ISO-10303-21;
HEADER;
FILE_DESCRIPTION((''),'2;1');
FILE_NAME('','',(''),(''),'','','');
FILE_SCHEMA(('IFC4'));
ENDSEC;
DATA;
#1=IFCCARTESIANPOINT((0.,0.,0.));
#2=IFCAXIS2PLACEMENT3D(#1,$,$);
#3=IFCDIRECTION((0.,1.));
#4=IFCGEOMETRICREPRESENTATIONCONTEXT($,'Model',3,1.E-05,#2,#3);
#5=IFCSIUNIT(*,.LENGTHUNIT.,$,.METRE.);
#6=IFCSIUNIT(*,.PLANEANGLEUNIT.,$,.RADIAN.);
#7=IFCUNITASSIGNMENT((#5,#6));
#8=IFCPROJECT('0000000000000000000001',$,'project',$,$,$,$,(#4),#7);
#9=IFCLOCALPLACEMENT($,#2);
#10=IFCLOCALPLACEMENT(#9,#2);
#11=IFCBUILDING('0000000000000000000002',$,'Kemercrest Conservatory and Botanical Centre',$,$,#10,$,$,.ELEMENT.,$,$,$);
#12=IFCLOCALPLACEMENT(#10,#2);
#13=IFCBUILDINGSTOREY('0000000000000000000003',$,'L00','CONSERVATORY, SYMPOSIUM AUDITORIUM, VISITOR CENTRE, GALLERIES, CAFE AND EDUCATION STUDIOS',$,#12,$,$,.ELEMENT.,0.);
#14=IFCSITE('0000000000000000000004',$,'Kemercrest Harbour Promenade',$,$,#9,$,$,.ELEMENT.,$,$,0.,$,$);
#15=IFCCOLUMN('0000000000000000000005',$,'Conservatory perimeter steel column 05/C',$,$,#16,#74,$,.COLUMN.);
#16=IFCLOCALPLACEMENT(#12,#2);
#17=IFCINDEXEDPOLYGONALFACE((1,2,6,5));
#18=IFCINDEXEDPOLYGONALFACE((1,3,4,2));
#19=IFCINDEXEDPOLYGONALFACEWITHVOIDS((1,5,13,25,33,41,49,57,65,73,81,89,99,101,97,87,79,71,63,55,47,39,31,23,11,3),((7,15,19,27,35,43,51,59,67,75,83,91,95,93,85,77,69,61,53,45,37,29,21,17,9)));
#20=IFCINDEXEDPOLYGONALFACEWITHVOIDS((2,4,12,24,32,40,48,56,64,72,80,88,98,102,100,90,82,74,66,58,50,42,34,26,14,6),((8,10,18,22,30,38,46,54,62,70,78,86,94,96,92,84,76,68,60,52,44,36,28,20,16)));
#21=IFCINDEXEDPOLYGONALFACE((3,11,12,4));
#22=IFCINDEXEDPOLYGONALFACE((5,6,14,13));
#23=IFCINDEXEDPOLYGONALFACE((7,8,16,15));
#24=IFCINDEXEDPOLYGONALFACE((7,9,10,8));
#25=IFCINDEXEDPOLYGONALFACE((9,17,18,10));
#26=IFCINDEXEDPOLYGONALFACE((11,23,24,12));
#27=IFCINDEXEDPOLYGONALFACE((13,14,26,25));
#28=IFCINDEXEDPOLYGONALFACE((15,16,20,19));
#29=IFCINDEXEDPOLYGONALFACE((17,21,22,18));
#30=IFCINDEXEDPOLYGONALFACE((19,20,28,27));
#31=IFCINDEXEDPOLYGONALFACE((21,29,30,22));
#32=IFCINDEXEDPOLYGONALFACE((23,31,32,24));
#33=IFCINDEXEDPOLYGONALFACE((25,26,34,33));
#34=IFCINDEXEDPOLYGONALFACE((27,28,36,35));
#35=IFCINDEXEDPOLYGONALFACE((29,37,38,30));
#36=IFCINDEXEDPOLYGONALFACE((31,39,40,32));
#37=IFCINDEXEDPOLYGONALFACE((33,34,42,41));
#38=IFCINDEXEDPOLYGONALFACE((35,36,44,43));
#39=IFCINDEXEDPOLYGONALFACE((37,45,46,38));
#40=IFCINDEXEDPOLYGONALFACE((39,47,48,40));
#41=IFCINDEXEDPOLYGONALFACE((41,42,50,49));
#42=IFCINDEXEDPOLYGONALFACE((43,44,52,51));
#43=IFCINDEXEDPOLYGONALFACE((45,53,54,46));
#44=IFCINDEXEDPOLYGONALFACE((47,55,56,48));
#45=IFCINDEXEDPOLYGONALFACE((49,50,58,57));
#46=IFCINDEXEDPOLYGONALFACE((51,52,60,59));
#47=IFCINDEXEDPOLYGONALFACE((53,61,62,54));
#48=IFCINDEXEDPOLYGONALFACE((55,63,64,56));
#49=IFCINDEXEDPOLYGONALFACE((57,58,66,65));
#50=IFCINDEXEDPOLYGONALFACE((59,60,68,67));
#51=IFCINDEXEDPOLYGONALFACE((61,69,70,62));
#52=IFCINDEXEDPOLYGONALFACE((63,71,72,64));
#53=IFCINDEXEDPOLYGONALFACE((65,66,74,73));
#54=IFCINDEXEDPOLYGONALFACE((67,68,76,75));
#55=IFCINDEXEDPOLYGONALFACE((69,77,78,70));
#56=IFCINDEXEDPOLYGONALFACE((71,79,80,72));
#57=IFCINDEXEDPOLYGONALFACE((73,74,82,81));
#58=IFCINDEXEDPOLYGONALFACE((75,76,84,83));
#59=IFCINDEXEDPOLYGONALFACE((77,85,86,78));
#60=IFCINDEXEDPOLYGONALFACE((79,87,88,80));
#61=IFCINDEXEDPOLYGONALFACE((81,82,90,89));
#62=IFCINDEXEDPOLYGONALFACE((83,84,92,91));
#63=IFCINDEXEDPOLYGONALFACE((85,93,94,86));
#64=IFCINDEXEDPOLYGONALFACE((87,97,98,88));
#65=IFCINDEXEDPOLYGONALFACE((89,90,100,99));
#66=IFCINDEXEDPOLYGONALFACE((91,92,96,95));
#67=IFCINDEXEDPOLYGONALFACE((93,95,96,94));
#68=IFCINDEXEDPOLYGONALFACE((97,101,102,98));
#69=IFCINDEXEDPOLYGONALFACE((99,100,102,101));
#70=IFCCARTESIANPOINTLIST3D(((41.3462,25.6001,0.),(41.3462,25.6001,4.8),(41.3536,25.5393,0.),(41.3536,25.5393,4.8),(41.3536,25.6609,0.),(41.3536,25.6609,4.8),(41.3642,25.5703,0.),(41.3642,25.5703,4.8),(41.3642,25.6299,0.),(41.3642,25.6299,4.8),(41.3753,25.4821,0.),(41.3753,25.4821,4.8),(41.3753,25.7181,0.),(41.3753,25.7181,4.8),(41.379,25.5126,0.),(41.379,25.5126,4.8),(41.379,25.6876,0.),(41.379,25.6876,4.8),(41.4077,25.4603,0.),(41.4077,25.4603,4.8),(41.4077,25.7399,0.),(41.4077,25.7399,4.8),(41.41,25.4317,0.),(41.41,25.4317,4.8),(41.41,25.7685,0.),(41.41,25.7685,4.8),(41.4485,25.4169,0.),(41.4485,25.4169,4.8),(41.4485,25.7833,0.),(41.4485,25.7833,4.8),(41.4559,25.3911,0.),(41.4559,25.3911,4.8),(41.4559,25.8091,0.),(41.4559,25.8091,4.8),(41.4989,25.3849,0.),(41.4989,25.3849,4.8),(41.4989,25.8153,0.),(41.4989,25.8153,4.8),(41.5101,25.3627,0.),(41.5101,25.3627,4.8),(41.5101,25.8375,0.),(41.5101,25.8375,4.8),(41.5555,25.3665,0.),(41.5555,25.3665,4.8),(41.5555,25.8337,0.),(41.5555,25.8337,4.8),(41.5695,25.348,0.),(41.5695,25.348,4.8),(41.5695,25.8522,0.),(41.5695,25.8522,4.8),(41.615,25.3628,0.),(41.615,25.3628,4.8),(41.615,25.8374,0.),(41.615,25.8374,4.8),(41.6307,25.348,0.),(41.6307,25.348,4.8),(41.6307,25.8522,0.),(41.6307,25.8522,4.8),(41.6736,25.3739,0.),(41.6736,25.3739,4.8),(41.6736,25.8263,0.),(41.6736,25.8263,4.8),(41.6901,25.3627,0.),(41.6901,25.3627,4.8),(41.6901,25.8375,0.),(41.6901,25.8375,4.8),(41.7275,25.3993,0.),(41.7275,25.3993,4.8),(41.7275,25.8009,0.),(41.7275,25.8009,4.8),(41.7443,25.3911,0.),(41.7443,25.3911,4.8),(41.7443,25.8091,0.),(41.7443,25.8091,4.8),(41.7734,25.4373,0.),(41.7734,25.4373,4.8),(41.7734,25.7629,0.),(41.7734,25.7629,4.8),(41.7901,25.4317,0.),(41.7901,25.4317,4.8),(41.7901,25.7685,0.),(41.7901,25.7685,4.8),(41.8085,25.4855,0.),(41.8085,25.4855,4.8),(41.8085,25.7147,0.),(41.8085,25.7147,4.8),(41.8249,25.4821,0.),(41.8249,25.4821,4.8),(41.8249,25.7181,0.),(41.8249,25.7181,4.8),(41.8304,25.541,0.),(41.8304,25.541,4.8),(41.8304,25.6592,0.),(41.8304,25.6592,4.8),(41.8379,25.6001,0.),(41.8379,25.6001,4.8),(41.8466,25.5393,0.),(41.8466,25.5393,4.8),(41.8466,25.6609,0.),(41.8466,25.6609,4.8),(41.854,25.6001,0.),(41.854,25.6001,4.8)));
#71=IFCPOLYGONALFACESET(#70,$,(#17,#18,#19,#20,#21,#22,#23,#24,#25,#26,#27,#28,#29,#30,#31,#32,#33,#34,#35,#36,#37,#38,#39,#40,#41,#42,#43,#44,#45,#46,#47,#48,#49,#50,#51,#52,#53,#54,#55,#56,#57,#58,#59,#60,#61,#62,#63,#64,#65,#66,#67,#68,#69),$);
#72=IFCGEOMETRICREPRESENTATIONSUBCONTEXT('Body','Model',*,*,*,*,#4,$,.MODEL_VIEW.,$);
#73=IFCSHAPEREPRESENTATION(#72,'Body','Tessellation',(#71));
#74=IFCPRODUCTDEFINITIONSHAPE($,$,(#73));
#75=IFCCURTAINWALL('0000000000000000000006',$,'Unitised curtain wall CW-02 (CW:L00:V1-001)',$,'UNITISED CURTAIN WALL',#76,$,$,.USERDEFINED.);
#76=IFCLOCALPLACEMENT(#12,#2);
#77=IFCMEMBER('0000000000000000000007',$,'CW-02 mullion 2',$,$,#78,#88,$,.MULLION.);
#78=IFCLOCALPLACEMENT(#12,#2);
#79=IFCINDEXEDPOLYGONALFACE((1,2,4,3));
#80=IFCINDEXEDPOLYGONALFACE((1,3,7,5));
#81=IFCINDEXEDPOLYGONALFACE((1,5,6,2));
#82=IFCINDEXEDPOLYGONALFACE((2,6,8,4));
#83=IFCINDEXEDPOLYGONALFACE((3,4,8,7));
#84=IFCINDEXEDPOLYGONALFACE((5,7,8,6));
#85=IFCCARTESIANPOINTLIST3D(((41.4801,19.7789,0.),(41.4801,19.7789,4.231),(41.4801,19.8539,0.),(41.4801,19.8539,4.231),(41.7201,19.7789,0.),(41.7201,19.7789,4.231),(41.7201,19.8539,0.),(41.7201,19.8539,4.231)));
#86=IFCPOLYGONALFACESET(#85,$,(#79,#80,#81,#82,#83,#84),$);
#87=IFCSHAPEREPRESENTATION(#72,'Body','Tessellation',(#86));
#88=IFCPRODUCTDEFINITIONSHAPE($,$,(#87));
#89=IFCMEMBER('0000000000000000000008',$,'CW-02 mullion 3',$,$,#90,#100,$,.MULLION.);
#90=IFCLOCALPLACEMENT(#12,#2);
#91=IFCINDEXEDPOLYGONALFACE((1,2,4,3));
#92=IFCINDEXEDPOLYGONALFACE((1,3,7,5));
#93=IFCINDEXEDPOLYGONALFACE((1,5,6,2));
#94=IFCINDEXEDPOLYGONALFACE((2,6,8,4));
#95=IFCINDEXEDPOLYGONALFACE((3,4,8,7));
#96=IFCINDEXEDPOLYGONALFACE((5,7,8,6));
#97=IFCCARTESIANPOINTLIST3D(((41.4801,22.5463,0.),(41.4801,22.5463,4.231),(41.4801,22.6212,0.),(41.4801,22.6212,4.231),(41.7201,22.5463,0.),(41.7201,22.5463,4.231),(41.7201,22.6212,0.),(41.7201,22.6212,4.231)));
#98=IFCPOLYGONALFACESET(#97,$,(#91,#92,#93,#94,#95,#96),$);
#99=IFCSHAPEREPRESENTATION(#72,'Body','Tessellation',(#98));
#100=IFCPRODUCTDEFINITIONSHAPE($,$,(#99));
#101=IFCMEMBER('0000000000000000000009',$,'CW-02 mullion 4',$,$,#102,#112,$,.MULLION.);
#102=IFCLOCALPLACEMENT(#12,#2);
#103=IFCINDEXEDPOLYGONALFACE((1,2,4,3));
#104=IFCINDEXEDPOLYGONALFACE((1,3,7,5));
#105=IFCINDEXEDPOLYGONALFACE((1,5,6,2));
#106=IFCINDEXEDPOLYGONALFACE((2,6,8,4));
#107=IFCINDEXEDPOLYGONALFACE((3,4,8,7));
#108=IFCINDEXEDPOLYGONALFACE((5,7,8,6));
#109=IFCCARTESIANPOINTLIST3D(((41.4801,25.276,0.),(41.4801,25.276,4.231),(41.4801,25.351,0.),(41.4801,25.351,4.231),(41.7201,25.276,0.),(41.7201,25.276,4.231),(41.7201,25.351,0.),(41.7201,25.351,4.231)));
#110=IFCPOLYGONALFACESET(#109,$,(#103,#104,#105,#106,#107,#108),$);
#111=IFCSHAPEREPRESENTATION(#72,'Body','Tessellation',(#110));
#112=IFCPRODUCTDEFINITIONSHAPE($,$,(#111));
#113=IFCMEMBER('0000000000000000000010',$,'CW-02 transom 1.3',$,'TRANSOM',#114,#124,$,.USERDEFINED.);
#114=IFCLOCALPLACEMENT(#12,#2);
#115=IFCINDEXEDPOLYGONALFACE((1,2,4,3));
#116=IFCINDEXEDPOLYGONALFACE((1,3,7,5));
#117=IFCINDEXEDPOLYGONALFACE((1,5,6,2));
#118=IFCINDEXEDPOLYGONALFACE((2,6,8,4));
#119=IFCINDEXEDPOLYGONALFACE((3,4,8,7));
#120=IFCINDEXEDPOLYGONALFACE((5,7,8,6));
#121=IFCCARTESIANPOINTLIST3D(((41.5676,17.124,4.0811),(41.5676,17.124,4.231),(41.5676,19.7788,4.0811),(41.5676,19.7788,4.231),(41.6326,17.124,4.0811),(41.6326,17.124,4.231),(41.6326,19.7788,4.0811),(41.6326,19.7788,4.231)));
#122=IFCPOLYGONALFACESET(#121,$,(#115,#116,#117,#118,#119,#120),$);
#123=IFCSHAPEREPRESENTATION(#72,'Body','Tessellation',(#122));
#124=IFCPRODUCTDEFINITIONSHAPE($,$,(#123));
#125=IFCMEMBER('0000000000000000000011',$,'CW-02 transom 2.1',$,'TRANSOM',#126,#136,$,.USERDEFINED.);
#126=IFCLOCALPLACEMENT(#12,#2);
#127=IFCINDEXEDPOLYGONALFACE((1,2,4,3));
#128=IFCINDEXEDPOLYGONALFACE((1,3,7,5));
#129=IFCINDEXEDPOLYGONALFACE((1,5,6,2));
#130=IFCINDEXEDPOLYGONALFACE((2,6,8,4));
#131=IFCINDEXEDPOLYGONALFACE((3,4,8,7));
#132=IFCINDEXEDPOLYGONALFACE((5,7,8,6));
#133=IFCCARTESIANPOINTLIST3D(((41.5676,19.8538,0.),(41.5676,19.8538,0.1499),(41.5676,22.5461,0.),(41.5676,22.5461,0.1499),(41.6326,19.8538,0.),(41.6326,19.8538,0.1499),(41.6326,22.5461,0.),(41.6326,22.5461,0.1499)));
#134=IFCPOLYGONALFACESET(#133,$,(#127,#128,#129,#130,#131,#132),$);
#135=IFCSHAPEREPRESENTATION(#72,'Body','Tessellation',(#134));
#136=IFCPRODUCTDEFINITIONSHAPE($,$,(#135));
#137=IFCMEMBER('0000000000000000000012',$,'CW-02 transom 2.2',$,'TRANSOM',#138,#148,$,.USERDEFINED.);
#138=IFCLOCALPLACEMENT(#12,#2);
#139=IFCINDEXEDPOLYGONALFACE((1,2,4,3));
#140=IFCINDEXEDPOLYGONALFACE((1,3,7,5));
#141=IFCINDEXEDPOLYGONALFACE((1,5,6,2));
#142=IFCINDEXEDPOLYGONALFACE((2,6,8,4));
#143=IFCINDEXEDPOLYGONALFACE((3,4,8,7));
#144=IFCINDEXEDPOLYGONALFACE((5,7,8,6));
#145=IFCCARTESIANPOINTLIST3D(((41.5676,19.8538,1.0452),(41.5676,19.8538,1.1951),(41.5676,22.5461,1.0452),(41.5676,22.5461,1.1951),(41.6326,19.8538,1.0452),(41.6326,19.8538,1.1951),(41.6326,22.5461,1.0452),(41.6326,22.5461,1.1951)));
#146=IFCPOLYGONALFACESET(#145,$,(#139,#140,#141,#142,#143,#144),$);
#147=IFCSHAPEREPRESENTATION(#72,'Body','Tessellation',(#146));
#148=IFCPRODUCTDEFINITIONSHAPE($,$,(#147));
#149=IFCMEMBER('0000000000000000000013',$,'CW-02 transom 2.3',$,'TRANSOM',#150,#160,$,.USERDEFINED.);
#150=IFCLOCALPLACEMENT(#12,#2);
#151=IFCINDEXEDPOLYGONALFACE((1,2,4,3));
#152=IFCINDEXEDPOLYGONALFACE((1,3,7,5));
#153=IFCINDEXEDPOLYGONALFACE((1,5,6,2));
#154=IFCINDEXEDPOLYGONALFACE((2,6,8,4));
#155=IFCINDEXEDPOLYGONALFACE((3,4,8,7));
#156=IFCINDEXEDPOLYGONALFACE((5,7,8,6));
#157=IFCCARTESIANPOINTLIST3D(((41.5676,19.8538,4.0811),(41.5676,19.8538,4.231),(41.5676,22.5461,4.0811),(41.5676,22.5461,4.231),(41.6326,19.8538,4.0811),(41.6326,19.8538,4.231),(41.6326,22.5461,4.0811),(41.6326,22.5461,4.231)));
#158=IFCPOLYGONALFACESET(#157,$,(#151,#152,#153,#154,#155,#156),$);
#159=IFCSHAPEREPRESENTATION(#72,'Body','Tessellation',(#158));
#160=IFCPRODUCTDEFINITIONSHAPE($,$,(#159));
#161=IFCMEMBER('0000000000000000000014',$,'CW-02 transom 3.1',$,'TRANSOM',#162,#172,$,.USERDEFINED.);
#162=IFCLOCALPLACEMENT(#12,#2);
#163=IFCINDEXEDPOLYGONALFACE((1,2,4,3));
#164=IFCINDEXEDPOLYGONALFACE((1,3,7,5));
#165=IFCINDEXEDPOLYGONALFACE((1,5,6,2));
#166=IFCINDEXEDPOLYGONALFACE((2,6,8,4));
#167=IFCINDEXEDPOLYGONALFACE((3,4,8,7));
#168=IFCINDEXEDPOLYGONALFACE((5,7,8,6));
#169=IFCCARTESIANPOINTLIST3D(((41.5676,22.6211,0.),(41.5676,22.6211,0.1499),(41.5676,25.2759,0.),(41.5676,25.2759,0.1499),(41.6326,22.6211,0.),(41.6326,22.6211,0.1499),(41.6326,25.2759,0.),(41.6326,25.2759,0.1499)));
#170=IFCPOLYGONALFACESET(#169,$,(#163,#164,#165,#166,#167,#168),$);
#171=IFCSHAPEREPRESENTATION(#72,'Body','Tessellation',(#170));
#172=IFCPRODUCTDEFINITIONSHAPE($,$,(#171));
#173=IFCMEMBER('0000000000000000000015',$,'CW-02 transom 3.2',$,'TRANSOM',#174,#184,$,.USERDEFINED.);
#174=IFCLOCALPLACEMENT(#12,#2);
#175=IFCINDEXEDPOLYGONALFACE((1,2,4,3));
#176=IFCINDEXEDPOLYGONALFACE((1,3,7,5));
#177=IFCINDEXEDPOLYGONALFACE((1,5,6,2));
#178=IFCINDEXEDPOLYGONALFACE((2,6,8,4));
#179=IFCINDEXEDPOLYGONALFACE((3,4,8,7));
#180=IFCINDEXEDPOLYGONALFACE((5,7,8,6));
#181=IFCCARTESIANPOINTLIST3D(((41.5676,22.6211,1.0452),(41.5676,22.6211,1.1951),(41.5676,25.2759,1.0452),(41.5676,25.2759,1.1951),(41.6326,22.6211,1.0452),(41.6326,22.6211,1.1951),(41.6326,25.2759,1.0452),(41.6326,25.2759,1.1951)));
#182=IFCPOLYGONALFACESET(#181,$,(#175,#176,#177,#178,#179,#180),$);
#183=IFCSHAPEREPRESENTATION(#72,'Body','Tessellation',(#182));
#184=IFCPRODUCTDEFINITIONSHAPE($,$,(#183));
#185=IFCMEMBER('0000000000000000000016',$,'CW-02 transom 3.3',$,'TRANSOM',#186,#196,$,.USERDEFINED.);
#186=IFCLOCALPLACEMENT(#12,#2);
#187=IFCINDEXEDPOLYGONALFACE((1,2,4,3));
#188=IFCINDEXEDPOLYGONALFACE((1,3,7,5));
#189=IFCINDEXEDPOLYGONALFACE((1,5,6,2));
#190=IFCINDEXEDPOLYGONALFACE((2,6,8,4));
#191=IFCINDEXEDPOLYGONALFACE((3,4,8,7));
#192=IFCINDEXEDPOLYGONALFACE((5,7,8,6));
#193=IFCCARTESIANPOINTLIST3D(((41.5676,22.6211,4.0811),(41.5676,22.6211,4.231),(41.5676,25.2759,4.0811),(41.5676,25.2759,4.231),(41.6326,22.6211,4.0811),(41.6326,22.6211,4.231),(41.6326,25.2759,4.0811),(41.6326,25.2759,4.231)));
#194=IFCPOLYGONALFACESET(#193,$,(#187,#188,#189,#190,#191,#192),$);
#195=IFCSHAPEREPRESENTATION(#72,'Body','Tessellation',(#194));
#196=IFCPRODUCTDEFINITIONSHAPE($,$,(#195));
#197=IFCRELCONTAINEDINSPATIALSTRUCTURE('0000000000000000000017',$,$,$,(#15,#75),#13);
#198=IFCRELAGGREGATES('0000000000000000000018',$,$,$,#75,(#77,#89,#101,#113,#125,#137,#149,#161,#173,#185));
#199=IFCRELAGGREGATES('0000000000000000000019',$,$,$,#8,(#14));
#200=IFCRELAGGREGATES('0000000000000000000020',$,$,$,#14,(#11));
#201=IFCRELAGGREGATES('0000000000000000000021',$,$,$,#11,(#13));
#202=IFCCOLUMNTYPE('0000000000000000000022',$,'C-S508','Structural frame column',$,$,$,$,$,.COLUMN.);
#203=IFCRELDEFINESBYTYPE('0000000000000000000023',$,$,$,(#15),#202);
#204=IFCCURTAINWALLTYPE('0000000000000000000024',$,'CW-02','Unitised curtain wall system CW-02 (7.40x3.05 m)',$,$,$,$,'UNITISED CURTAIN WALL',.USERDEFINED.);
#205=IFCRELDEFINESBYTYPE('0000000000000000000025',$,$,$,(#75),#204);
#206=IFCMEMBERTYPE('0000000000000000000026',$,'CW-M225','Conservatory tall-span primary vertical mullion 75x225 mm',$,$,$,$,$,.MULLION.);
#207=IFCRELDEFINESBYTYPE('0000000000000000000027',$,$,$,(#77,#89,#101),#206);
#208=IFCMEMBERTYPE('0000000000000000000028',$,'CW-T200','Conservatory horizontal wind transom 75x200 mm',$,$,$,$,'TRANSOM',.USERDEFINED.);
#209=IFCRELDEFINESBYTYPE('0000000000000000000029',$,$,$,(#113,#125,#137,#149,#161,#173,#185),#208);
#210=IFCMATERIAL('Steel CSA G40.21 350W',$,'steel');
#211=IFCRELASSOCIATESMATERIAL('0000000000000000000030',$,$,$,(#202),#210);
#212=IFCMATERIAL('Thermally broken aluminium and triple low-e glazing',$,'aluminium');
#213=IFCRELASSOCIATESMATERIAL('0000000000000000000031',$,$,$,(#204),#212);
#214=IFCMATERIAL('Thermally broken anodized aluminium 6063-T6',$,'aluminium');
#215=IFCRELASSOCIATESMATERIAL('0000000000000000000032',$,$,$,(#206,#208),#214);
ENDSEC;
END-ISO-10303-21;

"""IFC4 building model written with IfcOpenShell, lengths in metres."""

from ifc_helpers import new_model, si_unit, direction, frame, origin, origin_2d, place, context, subcontext, project, spatial, rectangle, hollow_circle, extrude, material, material_profile, profile_set, type_object, element, aggregate, save


model = new_model("IFC4")

# Units and contexts
model_context = context("Model", 3, precision=1e-05, world=origin(), true_north=direction((0.0, 1.0)))
body_context = subcontext(model_context, "Body", "Model", "MODEL_VIEW")
ifc_project = project(units=[si_unit("LENGTHUNIT", "METRE"), si_unit("PLANEANGLEUNIT", "RADIAN")], contexts=[model_context])

# Site, building, storey
site_placement = place(None, origin())
site = spatial("IfcSite", under=ifc_project, at=site_placement, Name="Kemercrest Harbour Promenade", CompositionType="ELEMENT", RefElevation=0.0)
building_placement = place(site_placement, origin())
building = spatial("IfcBuilding", under=site, at=building_placement, Name="Kemercrest Conservatory and Botanical Centre", CompositionType="ELEMENT")
storey_placement = place(building_placement, origin())
storey = spatial("IfcBuildingStorey", under=building, at=storey_placement, Name="L00", Description="CONSERVATORY, SYMPOSIUM AUDITORIUM, VISITOR CENTRE, GALLERIES, CAFE AND EDUCATION STUDIOS", CompositionType="ELEMENT", Elevation=0.0)

# Column
ifc_material_1 = material(Name="Steel CSA G40.21 350W", Category="steel")
ifc_material_profile_1 = material_profile(ifc_material_1, hollow_circle(Radius=0.2539, WallThickness=0.0161, at=origin_2d()), Name="CHS 508.0x16.0")
ifc_profile_set_1 = profile_set([ifc_material_profile_1], Name="Steel CSA G40.21 350W")
column_type = type_object("IfcColumnType", Name="C-S508", Description="Structural frame column", PredefinedType="COLUMN", material=ifc_profile_set_1)
column_placement = place(storey_placement, frame((41.6001, 25.6001, 0.0), z_axis=(0.0, 0.0, 1.0), x_axis=(1.0, 0.0, 0.0)))
element("IfcColumn", 1, at=column_placement, inside=storey, type_object=column_type, Name="Conservatory perimeter steel column 05/C", PredefinedType="COLUMN", context=body_context, shape_type="SweptSolid", body=[
    extrude(hollow_circle(Radius=0.2539, WallThickness=0.0161, at=origin_2d()), origin(), (0.0, 0.0, 1.0), 4.8),
])

# Curtain wall, members
ifc_material_2 = material(Name="Thermally broken aluminium and triple low-e glazing", Category="aluminium")
curtain_wall_type = type_object("IfcCurtainWallType", Name="CW-02", Description="Unitised curtain wall system CW-02 (7.40x3.05 m)", ElementType="UNITISED CURTAIN WALL", PredefinedType="USERDEFINED", material=ifc_material_2)
curtain_wall_placement = place(storey_placement, origin())
curtain_wall = element("IfcCurtainWall", 2, at=curtain_wall_placement, inside=storey, type_object=curtain_wall_type, Name="Unitised curtain wall CW-02 (CW:L00:V1-001)", ObjectType="UNITISED CURTAIN WALL", PredefinedType="USERDEFINED")
ifc_material_3 = material(Name="Thermally broken anodized aluminium 6063-T6", Category="aluminium")
ifc_material_profile_2 = material_profile(ifc_material_3, rectangle(XDim=0.24, YDim=0.075, at=origin_2d()), Name="AL MULLION 75x240")
ifc_profile_set_2 = profile_set([ifc_material_profile_2], Name="Thermally broken anodized aluminium 6063-T6")
member_type_1 = type_object("IfcMemberType", Name="CW-M225", Description="Conservatory tall-span primary vertical mullion 75x225 mm", PredefinedType="MULLION", material=ifc_profile_set_2)
member_1_placement = place(storey_placement, frame((41.6001, 19.8164, 0.0), z_axis=(0.0, 0.0, 1.0), x_axis=(-1.0, 0.0, 0.0)))
member_1 = element("IfcMember", 3, at=member_1_placement, type_object=member_type_1, Name="CW-02 mullion 2", PredefinedType="MULLION", context=body_context, shape_type="SweptSolid", body=[
    extrude(rectangle(XDim=0.24, YDim=0.075, at=origin_2d()), origin(), (0.0, 0.0, 1.0), 4.231),
])
member_2_placement = place(storey_placement, frame((41.6001, 22.5837, 0.0), z_axis=(0.0, 0.0, 1.0), x_axis=(-1.0, 0.0, 0.0)))
member_2 = element("IfcMember", 4, at=member_2_placement, type_object=member_type_1, Name="CW-02 mullion 3", PredefinedType="MULLION", context=body_context, shape_type="SweptSolid", body=[
    extrude(rectangle(XDim=0.24, YDim=0.075, at=origin_2d()), origin(), (0.0, 0.0, 1.0), 4.231),
])
member_3_placement = place(storey_placement, frame((41.6001, 25.3135, 0.0), z_axis=(0.0, 0.0, 1.0), x_axis=(-1.0, 0.0, 0.0)))
member_3 = element("IfcMember", 5, at=member_3_placement, type_object=member_type_1, Name="CW-02 mullion 4", PredefinedType="MULLION", context=body_context, shape_type="SweptSolid", body=[
    extrude(rectangle(XDim=0.24, YDim=0.075, at=origin_2d()), origin(), (0.0, 0.0, 1.0), 4.231),
])
ifc_material_profile_3 = material_profile(ifc_material_3, rectangle(XDim=0.0649, YDim=0.1499, at=origin_2d()), Name="AL TRANSOM 65x150")
ifc_profile_set_3 = profile_set([ifc_material_profile_3], Name="Thermally broken anodized aluminium 6063-T6")
member_type_2 = type_object("IfcMemberType", Name="CW-T200", Description="Conservatory horizontal wind transom 75x200 mm", ElementType="TRANSOM", PredefinedType="USERDEFINED", material=ifc_profile_set_3)
member_4_placement = place(storey_placement, frame((41.6001, 17.124, 4.156), z_axis=(0.0, 1.0, 0.0), x_axis=(-1.0, 0.0, 0.0)))
member_4 = element("IfcMember", 6, at=member_4_placement, type_object=member_type_2, Name="CW-02 transom 1.3", ObjectType="TRANSOM", PredefinedType="USERDEFINED", context=body_context, shape_type="SweptSolid", body=[
    extrude(rectangle(XDim=0.0649, YDim=0.1499, at=origin_2d()), origin(), (0.0, 0.0, 1.0), 2.6548),
])
member_5_placement = place(storey_placement, frame((41.6001, 19.8538, 0.075), z_axis=(0.0, 1.0, 0.0), x_axis=(-1.0, 0.0, 0.0)))
member_5 = element("IfcMember", 7, at=member_5_placement, type_object=member_type_2, Name="CW-02 transom 2.1", ObjectType="TRANSOM", PredefinedType="USERDEFINED", context=body_context, shape_type="SweptSolid", body=[
    extrude(rectangle(XDim=0.0649, YDim=0.1499, at=origin_2d()), origin(), (0.0, 0.0, 1.0), 2.6924),
])
member_6_placement = place(storey_placement, frame((41.6001, 19.8538, 1.1201), z_axis=(0.0, 1.0, 0.0), x_axis=(-1.0, 0.0, 0.0)))
member_6 = element("IfcMember", 8, at=member_6_placement, type_object=member_type_2, Name="CW-02 transom 2.2", ObjectType="TRANSOM", PredefinedType="USERDEFINED", context=body_context, shape_type="SweptSolid", body=[
    extrude(rectangle(XDim=0.0649, YDim=0.1499, at=origin_2d()), origin(), (0.0, 0.0, 1.0), 2.6924),
])
member_7_placement = place(storey_placement, frame((41.6001, 19.8538, 4.156), z_axis=(0.0, 1.0, 0.0), x_axis=(-1.0, 0.0, 0.0)))
member_7 = element("IfcMember", 9, at=member_7_placement, type_object=member_type_2, Name="CW-02 transom 2.3", ObjectType="TRANSOM", PredefinedType="USERDEFINED", context=body_context, shape_type="SweptSolid", body=[
    extrude(rectangle(XDim=0.0649, YDim=0.1499, at=origin_2d()), origin(), (0.0, 0.0, 1.0), 2.6924),
])
member_8_placement = place(storey_placement, frame((41.6001, 22.6211, 0.075), z_axis=(0.0, 1.0, 0.0), x_axis=(-1.0, 0.0, 0.0)))
member_8 = element("IfcMember", 10, at=member_8_placement, type_object=member_type_2, Name="CW-02 transom 3.1", ObjectType="TRANSOM", PredefinedType="USERDEFINED", context=body_context, shape_type="SweptSolid", body=[
    extrude(rectangle(XDim=0.0649, YDim=0.1499, at=origin_2d()), origin(), (0.0, 0.0, 1.0), 2.6548),
])
member_9_placement = place(storey_placement, frame((41.6001, 22.6211, 1.1201), z_axis=(0.0, 1.0, 0.0), x_axis=(-1.0, 0.0, 0.0)))
member_9 = element("IfcMember", 11, at=member_9_placement, type_object=member_type_2, Name="CW-02 transom 3.2", ObjectType="TRANSOM", PredefinedType="USERDEFINED", context=body_context, shape_type="SweptSolid", body=[
    extrude(rectangle(XDim=0.0649, YDim=0.1499, at=origin_2d()), origin(), (0.0, 0.0, 1.0), 2.6548),
])
member_10_placement = place(storey_placement, frame((41.6001, 22.6211, 4.156), z_axis=(0.0, 1.0, 0.0), x_axis=(-1.0, 0.0, 0.0)))
member_10 = element("IfcMember", 12, at=member_10_placement, type_object=member_type_2, Name="CW-02 transom 3.3", ObjectType="TRANSOM", PredefinedType="USERDEFINED", context=body_context, shape_type="SweptSolid", body=[
    extrude(rectangle(XDim=0.0649, YDim=0.1499, at=origin_2d()), origin(), (0.0, 0.0, 1.0), 2.6548),
])

aggregate(curtain_wall, [member_1, member_2, member_3, member_4, member_5, member_6, member_7, member_8, member_9, member_10])

save(model, "model.ifc")
